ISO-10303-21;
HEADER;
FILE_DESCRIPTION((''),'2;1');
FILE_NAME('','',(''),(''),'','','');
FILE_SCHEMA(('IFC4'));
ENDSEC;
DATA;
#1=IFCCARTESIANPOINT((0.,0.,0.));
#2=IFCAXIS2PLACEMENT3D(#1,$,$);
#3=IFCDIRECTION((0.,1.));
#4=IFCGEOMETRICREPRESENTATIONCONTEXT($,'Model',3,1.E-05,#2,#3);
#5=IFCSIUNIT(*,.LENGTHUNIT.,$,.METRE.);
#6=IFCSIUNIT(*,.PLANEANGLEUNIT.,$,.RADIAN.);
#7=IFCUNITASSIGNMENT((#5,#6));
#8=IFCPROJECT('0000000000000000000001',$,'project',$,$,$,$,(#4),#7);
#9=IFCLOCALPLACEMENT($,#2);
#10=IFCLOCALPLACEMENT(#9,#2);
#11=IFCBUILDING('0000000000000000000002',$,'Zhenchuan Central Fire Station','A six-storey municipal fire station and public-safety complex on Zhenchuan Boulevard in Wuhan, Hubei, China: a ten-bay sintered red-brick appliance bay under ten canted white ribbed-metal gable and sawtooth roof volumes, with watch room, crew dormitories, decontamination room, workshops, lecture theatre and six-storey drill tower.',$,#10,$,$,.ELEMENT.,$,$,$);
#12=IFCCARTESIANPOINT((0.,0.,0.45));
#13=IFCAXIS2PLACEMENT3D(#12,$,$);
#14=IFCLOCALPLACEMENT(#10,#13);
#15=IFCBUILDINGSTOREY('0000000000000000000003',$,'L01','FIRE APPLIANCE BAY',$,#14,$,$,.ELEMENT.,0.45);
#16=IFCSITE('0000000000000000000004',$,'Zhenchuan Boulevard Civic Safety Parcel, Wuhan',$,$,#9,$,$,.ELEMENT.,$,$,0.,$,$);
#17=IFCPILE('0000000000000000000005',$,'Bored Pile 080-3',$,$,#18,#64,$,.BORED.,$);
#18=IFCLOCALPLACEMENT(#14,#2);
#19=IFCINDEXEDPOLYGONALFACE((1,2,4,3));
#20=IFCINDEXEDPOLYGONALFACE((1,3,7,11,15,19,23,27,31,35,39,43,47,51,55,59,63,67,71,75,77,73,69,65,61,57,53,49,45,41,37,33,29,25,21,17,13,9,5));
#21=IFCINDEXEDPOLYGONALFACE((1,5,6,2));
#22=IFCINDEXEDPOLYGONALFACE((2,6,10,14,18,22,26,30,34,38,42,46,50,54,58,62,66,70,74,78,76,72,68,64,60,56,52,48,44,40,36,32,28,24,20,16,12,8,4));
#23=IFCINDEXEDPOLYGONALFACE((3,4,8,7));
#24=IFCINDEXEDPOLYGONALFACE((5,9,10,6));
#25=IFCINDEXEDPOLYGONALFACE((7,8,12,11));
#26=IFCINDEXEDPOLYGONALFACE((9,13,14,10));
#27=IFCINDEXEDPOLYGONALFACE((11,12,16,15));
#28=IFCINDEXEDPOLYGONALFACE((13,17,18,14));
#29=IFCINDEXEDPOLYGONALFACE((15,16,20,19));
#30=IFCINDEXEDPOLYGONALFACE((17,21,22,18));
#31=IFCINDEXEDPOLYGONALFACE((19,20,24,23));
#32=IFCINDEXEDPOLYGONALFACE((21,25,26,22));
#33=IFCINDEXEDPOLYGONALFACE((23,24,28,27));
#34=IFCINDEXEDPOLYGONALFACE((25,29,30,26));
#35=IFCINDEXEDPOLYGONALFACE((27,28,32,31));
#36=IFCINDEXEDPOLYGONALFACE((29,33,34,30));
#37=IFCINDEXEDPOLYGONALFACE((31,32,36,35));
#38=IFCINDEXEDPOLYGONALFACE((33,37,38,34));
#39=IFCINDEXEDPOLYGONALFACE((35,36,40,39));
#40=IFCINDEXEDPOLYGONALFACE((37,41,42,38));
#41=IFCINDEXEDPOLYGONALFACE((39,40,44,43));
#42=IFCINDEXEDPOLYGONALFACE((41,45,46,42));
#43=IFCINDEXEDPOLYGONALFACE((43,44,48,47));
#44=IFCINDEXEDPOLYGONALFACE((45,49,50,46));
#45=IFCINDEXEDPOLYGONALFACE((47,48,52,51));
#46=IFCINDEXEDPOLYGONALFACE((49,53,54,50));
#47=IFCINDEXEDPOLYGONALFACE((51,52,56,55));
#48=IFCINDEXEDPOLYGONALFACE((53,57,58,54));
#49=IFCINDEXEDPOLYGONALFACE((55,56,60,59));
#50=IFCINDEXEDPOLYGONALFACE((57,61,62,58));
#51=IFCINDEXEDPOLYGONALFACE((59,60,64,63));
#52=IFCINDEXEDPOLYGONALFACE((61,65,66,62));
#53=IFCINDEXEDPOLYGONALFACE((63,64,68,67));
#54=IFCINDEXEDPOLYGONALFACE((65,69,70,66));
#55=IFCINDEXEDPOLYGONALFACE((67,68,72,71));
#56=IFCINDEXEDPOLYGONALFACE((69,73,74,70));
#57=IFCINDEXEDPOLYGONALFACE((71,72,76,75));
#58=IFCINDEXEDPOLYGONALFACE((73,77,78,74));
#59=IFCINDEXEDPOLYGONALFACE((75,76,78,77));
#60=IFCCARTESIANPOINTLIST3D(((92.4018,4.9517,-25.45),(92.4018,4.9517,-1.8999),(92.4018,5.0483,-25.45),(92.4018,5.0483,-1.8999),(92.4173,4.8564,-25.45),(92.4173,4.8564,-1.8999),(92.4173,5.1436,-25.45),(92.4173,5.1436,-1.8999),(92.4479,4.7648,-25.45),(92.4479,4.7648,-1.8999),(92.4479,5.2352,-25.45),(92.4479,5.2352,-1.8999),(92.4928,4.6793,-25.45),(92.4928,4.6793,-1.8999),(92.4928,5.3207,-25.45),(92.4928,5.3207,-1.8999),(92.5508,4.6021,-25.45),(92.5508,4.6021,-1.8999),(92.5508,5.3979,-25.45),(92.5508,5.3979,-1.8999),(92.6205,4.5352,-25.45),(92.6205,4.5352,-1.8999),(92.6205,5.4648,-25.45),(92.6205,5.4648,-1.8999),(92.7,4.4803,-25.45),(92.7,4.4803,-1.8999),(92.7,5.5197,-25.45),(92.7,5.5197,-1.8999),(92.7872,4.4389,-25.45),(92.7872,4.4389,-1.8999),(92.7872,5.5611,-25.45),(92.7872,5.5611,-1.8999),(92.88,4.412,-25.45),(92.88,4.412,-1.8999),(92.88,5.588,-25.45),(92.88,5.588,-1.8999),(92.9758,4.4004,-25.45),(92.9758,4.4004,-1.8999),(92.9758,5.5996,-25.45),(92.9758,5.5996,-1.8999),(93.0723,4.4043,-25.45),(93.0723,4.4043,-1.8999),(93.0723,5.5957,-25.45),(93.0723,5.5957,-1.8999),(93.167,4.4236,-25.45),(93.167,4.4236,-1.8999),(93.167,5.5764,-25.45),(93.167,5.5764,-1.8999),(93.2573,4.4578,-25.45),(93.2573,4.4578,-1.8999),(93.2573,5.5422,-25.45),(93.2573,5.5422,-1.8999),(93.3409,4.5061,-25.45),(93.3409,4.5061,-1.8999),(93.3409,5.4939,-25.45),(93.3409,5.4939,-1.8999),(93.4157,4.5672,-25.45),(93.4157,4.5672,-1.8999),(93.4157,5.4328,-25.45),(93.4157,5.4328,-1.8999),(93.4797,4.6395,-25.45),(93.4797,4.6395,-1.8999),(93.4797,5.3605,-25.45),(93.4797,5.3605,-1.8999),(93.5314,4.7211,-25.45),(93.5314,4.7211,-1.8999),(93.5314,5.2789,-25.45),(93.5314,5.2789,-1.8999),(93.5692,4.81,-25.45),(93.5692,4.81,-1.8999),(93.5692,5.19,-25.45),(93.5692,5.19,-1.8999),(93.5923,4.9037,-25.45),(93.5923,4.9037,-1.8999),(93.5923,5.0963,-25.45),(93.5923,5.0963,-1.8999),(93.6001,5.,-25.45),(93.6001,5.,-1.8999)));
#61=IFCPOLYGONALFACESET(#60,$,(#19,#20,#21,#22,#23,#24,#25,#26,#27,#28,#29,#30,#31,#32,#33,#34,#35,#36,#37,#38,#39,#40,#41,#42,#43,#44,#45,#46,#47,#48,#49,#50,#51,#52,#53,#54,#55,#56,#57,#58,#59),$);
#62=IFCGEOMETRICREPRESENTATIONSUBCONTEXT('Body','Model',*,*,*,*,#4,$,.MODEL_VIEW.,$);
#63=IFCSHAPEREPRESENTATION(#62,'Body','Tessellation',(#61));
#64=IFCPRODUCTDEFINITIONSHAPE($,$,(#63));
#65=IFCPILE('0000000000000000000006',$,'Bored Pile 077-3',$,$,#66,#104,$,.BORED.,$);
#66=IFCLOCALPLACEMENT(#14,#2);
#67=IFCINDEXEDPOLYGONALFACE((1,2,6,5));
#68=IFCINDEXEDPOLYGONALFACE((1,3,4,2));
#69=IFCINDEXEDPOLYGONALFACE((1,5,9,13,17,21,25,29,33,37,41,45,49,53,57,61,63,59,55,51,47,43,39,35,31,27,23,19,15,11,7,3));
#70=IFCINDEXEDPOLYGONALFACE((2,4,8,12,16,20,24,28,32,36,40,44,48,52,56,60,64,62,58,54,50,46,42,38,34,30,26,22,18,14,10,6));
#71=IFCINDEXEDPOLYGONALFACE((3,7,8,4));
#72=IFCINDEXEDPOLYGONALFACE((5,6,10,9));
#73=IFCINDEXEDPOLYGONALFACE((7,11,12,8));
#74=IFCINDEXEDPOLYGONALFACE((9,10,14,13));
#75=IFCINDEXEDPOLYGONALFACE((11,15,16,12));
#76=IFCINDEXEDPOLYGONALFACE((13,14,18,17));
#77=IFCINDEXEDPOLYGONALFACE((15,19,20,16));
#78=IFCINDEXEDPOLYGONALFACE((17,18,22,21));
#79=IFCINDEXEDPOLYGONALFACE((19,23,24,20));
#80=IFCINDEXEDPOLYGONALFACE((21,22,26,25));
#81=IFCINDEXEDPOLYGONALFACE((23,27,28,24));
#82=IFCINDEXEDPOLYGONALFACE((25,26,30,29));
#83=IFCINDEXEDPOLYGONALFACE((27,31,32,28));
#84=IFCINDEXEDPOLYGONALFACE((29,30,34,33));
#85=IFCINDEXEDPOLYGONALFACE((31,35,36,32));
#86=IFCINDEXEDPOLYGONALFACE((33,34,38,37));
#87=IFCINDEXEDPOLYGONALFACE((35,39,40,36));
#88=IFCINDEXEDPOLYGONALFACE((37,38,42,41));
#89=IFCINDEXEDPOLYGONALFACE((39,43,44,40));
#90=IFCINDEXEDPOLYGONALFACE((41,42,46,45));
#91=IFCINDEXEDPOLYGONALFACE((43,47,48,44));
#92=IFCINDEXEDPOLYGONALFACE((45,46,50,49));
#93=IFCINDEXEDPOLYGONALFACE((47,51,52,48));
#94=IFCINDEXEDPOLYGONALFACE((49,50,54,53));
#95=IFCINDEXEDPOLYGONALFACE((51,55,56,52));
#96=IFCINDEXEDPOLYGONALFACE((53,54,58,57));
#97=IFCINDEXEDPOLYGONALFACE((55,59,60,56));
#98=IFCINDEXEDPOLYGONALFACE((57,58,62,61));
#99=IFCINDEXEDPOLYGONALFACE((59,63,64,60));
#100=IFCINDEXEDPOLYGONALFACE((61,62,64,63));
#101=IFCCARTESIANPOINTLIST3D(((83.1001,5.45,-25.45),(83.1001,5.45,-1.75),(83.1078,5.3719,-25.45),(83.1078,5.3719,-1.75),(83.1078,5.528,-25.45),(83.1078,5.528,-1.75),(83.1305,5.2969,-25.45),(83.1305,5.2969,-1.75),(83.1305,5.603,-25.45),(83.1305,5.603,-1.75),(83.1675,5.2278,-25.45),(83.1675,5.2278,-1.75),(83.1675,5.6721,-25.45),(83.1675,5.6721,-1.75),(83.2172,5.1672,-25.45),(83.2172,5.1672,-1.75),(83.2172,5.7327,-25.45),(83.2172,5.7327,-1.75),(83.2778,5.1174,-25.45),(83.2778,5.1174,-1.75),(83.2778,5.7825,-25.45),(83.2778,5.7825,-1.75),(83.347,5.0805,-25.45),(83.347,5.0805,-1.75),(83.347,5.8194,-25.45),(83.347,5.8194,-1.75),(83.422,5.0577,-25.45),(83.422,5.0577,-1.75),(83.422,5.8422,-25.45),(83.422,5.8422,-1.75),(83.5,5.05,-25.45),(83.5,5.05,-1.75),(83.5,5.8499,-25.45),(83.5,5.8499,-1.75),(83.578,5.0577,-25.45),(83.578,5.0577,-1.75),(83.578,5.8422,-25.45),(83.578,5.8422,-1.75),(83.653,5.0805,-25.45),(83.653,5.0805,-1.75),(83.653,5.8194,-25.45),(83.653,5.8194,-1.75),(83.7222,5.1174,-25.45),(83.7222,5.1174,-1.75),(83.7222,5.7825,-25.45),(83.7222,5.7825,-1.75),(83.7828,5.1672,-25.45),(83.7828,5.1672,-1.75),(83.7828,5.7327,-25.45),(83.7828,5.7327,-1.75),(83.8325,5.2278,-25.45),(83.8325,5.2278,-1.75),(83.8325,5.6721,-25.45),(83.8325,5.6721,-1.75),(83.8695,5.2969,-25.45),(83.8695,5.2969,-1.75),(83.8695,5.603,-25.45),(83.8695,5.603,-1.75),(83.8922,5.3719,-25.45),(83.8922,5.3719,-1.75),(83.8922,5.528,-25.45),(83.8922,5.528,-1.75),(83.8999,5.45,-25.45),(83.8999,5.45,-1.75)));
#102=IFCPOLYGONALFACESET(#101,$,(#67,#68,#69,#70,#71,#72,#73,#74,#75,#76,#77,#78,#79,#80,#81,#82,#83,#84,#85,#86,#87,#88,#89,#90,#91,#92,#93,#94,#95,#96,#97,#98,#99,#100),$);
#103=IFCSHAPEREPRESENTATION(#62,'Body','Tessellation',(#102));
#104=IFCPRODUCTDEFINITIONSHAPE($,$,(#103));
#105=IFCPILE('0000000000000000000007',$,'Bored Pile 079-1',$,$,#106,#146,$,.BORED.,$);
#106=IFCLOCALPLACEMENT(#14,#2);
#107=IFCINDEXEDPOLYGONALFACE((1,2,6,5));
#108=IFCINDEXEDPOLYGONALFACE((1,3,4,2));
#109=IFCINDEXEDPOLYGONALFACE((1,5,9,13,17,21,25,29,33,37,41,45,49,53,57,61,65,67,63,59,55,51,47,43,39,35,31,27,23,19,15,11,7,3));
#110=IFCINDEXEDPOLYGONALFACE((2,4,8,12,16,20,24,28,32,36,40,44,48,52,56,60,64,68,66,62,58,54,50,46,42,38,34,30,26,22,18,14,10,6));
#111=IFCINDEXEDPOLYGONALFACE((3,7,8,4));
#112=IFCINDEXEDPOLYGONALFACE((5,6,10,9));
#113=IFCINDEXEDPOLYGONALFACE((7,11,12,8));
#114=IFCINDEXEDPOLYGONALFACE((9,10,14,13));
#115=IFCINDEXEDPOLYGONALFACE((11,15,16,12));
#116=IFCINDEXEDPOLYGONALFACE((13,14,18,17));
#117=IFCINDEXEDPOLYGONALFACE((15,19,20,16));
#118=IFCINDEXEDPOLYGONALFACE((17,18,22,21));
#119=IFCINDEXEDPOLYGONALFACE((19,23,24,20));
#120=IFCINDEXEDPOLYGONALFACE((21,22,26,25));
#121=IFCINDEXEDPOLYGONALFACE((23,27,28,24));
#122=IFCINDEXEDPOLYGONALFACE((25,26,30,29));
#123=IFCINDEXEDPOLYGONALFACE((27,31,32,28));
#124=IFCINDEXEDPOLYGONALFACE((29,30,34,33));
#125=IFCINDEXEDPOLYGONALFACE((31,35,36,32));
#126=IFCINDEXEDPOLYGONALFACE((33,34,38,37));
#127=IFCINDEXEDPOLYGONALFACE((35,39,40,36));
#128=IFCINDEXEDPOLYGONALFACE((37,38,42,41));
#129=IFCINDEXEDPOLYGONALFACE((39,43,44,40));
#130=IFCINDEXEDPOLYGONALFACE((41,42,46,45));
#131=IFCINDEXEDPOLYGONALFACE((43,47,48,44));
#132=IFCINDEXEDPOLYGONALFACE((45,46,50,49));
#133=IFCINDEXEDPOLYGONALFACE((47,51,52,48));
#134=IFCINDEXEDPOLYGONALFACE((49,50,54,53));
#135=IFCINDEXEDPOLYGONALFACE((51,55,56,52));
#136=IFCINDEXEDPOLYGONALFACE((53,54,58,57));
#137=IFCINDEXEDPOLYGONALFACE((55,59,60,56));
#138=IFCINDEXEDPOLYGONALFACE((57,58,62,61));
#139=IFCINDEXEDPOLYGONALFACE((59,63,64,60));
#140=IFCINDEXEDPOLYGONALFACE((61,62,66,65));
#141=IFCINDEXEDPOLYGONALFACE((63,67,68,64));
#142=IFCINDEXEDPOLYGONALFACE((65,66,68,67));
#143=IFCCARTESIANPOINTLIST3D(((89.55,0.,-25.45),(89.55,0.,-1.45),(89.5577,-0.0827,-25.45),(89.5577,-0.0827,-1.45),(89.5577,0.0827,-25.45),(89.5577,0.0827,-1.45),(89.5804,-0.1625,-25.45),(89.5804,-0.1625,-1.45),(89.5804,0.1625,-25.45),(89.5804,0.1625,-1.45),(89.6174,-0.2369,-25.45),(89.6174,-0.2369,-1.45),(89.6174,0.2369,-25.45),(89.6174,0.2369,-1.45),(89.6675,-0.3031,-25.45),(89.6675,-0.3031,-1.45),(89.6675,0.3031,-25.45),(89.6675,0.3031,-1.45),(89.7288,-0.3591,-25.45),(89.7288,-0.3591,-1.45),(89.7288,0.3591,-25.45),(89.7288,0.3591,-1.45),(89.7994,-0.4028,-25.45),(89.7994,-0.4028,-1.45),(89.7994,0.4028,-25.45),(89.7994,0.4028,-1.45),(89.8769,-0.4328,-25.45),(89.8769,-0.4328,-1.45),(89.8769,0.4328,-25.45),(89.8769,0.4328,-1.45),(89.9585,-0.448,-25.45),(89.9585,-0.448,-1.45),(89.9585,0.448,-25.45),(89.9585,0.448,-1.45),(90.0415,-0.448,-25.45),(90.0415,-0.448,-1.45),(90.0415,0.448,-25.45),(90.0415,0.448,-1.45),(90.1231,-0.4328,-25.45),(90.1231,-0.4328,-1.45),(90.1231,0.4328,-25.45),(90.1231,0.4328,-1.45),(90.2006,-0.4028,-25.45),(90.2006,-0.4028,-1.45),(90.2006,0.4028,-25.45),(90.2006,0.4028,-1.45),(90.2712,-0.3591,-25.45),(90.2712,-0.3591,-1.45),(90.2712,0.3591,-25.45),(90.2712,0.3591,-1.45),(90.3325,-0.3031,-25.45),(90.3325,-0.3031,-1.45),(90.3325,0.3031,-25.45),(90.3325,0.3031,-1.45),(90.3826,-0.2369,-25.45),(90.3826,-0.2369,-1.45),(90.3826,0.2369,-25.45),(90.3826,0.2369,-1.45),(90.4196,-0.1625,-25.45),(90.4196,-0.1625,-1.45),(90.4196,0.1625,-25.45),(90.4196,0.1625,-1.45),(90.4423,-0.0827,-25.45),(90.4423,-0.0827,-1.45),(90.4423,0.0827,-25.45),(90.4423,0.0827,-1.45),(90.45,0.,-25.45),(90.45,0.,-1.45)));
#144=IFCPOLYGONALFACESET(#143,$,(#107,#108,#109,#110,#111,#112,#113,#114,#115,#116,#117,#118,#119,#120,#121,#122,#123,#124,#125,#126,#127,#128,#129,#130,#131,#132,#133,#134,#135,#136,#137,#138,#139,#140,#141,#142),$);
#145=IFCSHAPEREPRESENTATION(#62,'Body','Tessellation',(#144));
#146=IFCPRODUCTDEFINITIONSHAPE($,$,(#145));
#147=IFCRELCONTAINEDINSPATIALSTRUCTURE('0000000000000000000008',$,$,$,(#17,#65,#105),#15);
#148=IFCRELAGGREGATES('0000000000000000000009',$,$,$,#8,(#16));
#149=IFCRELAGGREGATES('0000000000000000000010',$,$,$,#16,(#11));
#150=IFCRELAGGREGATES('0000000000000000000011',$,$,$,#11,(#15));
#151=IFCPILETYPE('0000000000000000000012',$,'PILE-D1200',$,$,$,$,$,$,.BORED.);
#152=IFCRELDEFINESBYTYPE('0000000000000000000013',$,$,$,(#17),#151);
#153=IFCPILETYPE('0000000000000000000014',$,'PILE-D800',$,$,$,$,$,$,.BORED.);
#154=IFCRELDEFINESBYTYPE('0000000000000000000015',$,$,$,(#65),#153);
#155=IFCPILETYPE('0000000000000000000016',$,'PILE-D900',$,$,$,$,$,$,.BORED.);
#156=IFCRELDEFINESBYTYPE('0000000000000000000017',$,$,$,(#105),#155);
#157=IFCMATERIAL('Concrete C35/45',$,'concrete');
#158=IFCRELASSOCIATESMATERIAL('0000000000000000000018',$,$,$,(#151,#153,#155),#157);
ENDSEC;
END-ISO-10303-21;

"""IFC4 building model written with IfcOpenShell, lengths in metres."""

from ifc_helpers import new_model, si_unit, direction, frame, origin, origin_2d, place, context, subcontext, project, spatial, circle, extrude, material, material_profile, profile_set, type_object, element, save


model = new_model("IFC4")

# Units and contexts
model_context = context("Model", 3, precision=1e-05, world=origin(), true_north=direction((0.0, 1.0)))
body_context = subcontext(model_context, "Body", "Model", "MODEL_VIEW")
ifc_project = project(units=[si_unit("LENGTHUNIT", "METRE"), si_unit("PLANEANGLEUNIT", "RADIAN")], contexts=[model_context])

# Site, building, storey
site_placement = place(None, origin())
site = spatial("IfcSite", under=ifc_project, at=site_placement, Name="Zhenchuan Boulevard Civic Safety Parcel, Wuhan", CompositionType="ELEMENT", RefElevation=0.0)
building_placement = place(site_placement, origin())
building = spatial("IfcBuilding", under=site, at=building_placement, Name="Zhenchuan Central Fire Station", Description="A six-storey municipal fire station and public-safety complex on Zhenchuan Boulevard in Wuhan, Hubei, China: a ten-bay sintered red-brick appliance bay under ten canted white ribbed-metal gable and sawtooth roof volumes, with watch room, crew dormitories, decontamination room, workshops, lecture theatre and six-storey drill tower.", CompositionType="ELEMENT")
storey_placement = place(building_placement, frame((0.0, 0.0, 0.45)))
storey = spatial("IfcBuildingStorey", under=building, at=storey_placement, Name="L01", Description="FIRE APPLIANCE BAY", CompositionType="ELEMENT", Elevation=0.45)

# Shared definitions
ifc_material_1 = material(Name="Concrete C35/45", Category="concrete")

# Piles
ifc_material_profile_1 = material_profile(ifc_material_1, circle(Radius=0.6001, at=origin_2d()), Name="PILE D1200")
ifc_profile_set_1 = profile_set([ifc_material_profile_1], Name="Concrete C35/45")
pile_type_1 = type_object("IfcPileType", Name="PILE-D1200", PredefinedType="BORED", material=ifc_profile_set_1)
for number, where, z_axis, x_axis, name in (
    (1, (93.0, 5.0, -1.8999), (0.0, 0.0, -1.0), (1.0, 0.0, 0.0), "Bored Pile 080-3"),
):
    element("IfcPile", number, at=place(storey_placement, frame(where, z_axis=z_axis, x_axis=x_axis)), inside=storey, type_object=pile_type_1, Name=name, PredefinedType="BORED", context=body_context, shape_type="SweptSolid", body=[
        extrude(circle(Radius=0.6001, at=origin_2d()), origin(), (0.0, 0.0, 1.0), 23.55),
    ])
ifc_material_profile_2 = material_profile(ifc_material_1, circle(Radius=0.3999, at=origin_2d()), Name="PILE D800")
ifc_profile_set_2 = profile_set([ifc_material_profile_2], Name="Concrete C35/45")
pile_type_2 = type_object("IfcPileType", Name="PILE-D800", PredefinedType="BORED", material=ifc_profile_set_2)
pile_1_placement = place(storey_placement, frame((83.5, 5.45, -1.75), z_axis=(0.0, 0.0, -1.0), x_axis=(1.0, 0.0, 0.0)))
element("IfcPile", 2, at=pile_1_placement, inside=storey, type_object=pile_type_2, Name="Bored Pile 077-3", PredefinedType="BORED", context=body_context, shape_type="SweptSolid", body=[
    extrude(circle(Radius=0.3999, at=origin_2d()), origin(), (0.0, 0.0, 1.0), 23.7),
])
ifc_material_profile_3 = material_profile(ifc_material_1, circle(Radius=0.45, at=origin_2d()), Name="PILE D900")
ifc_profile_set_3 = profile_set([ifc_material_profile_3], Name="Concrete C35/45")
pile_type_3 = type_object("IfcPileType", Name="PILE-D900", PredefinedType="BORED", material=ifc_profile_set_3)
pile_2_placement = place(storey_placement, frame((90.0, 0.0, -1.45), z_axis=(0.0, 0.0, -1.0), x_axis=(1.0, 0.0, 0.0)))
element("IfcPile", 3, at=pile_2_placement, inside=storey, type_object=pile_type_3, Name="Bored Pile 079-1", PredefinedType="BORED", context=body_context, shape_type="SweptSolid", body=[
    extrude(circle(Radius=0.45, at=origin_2d()), origin(), (0.0, 0.0, 1.0), 24.0),
])

save(model, "model.ifc")
